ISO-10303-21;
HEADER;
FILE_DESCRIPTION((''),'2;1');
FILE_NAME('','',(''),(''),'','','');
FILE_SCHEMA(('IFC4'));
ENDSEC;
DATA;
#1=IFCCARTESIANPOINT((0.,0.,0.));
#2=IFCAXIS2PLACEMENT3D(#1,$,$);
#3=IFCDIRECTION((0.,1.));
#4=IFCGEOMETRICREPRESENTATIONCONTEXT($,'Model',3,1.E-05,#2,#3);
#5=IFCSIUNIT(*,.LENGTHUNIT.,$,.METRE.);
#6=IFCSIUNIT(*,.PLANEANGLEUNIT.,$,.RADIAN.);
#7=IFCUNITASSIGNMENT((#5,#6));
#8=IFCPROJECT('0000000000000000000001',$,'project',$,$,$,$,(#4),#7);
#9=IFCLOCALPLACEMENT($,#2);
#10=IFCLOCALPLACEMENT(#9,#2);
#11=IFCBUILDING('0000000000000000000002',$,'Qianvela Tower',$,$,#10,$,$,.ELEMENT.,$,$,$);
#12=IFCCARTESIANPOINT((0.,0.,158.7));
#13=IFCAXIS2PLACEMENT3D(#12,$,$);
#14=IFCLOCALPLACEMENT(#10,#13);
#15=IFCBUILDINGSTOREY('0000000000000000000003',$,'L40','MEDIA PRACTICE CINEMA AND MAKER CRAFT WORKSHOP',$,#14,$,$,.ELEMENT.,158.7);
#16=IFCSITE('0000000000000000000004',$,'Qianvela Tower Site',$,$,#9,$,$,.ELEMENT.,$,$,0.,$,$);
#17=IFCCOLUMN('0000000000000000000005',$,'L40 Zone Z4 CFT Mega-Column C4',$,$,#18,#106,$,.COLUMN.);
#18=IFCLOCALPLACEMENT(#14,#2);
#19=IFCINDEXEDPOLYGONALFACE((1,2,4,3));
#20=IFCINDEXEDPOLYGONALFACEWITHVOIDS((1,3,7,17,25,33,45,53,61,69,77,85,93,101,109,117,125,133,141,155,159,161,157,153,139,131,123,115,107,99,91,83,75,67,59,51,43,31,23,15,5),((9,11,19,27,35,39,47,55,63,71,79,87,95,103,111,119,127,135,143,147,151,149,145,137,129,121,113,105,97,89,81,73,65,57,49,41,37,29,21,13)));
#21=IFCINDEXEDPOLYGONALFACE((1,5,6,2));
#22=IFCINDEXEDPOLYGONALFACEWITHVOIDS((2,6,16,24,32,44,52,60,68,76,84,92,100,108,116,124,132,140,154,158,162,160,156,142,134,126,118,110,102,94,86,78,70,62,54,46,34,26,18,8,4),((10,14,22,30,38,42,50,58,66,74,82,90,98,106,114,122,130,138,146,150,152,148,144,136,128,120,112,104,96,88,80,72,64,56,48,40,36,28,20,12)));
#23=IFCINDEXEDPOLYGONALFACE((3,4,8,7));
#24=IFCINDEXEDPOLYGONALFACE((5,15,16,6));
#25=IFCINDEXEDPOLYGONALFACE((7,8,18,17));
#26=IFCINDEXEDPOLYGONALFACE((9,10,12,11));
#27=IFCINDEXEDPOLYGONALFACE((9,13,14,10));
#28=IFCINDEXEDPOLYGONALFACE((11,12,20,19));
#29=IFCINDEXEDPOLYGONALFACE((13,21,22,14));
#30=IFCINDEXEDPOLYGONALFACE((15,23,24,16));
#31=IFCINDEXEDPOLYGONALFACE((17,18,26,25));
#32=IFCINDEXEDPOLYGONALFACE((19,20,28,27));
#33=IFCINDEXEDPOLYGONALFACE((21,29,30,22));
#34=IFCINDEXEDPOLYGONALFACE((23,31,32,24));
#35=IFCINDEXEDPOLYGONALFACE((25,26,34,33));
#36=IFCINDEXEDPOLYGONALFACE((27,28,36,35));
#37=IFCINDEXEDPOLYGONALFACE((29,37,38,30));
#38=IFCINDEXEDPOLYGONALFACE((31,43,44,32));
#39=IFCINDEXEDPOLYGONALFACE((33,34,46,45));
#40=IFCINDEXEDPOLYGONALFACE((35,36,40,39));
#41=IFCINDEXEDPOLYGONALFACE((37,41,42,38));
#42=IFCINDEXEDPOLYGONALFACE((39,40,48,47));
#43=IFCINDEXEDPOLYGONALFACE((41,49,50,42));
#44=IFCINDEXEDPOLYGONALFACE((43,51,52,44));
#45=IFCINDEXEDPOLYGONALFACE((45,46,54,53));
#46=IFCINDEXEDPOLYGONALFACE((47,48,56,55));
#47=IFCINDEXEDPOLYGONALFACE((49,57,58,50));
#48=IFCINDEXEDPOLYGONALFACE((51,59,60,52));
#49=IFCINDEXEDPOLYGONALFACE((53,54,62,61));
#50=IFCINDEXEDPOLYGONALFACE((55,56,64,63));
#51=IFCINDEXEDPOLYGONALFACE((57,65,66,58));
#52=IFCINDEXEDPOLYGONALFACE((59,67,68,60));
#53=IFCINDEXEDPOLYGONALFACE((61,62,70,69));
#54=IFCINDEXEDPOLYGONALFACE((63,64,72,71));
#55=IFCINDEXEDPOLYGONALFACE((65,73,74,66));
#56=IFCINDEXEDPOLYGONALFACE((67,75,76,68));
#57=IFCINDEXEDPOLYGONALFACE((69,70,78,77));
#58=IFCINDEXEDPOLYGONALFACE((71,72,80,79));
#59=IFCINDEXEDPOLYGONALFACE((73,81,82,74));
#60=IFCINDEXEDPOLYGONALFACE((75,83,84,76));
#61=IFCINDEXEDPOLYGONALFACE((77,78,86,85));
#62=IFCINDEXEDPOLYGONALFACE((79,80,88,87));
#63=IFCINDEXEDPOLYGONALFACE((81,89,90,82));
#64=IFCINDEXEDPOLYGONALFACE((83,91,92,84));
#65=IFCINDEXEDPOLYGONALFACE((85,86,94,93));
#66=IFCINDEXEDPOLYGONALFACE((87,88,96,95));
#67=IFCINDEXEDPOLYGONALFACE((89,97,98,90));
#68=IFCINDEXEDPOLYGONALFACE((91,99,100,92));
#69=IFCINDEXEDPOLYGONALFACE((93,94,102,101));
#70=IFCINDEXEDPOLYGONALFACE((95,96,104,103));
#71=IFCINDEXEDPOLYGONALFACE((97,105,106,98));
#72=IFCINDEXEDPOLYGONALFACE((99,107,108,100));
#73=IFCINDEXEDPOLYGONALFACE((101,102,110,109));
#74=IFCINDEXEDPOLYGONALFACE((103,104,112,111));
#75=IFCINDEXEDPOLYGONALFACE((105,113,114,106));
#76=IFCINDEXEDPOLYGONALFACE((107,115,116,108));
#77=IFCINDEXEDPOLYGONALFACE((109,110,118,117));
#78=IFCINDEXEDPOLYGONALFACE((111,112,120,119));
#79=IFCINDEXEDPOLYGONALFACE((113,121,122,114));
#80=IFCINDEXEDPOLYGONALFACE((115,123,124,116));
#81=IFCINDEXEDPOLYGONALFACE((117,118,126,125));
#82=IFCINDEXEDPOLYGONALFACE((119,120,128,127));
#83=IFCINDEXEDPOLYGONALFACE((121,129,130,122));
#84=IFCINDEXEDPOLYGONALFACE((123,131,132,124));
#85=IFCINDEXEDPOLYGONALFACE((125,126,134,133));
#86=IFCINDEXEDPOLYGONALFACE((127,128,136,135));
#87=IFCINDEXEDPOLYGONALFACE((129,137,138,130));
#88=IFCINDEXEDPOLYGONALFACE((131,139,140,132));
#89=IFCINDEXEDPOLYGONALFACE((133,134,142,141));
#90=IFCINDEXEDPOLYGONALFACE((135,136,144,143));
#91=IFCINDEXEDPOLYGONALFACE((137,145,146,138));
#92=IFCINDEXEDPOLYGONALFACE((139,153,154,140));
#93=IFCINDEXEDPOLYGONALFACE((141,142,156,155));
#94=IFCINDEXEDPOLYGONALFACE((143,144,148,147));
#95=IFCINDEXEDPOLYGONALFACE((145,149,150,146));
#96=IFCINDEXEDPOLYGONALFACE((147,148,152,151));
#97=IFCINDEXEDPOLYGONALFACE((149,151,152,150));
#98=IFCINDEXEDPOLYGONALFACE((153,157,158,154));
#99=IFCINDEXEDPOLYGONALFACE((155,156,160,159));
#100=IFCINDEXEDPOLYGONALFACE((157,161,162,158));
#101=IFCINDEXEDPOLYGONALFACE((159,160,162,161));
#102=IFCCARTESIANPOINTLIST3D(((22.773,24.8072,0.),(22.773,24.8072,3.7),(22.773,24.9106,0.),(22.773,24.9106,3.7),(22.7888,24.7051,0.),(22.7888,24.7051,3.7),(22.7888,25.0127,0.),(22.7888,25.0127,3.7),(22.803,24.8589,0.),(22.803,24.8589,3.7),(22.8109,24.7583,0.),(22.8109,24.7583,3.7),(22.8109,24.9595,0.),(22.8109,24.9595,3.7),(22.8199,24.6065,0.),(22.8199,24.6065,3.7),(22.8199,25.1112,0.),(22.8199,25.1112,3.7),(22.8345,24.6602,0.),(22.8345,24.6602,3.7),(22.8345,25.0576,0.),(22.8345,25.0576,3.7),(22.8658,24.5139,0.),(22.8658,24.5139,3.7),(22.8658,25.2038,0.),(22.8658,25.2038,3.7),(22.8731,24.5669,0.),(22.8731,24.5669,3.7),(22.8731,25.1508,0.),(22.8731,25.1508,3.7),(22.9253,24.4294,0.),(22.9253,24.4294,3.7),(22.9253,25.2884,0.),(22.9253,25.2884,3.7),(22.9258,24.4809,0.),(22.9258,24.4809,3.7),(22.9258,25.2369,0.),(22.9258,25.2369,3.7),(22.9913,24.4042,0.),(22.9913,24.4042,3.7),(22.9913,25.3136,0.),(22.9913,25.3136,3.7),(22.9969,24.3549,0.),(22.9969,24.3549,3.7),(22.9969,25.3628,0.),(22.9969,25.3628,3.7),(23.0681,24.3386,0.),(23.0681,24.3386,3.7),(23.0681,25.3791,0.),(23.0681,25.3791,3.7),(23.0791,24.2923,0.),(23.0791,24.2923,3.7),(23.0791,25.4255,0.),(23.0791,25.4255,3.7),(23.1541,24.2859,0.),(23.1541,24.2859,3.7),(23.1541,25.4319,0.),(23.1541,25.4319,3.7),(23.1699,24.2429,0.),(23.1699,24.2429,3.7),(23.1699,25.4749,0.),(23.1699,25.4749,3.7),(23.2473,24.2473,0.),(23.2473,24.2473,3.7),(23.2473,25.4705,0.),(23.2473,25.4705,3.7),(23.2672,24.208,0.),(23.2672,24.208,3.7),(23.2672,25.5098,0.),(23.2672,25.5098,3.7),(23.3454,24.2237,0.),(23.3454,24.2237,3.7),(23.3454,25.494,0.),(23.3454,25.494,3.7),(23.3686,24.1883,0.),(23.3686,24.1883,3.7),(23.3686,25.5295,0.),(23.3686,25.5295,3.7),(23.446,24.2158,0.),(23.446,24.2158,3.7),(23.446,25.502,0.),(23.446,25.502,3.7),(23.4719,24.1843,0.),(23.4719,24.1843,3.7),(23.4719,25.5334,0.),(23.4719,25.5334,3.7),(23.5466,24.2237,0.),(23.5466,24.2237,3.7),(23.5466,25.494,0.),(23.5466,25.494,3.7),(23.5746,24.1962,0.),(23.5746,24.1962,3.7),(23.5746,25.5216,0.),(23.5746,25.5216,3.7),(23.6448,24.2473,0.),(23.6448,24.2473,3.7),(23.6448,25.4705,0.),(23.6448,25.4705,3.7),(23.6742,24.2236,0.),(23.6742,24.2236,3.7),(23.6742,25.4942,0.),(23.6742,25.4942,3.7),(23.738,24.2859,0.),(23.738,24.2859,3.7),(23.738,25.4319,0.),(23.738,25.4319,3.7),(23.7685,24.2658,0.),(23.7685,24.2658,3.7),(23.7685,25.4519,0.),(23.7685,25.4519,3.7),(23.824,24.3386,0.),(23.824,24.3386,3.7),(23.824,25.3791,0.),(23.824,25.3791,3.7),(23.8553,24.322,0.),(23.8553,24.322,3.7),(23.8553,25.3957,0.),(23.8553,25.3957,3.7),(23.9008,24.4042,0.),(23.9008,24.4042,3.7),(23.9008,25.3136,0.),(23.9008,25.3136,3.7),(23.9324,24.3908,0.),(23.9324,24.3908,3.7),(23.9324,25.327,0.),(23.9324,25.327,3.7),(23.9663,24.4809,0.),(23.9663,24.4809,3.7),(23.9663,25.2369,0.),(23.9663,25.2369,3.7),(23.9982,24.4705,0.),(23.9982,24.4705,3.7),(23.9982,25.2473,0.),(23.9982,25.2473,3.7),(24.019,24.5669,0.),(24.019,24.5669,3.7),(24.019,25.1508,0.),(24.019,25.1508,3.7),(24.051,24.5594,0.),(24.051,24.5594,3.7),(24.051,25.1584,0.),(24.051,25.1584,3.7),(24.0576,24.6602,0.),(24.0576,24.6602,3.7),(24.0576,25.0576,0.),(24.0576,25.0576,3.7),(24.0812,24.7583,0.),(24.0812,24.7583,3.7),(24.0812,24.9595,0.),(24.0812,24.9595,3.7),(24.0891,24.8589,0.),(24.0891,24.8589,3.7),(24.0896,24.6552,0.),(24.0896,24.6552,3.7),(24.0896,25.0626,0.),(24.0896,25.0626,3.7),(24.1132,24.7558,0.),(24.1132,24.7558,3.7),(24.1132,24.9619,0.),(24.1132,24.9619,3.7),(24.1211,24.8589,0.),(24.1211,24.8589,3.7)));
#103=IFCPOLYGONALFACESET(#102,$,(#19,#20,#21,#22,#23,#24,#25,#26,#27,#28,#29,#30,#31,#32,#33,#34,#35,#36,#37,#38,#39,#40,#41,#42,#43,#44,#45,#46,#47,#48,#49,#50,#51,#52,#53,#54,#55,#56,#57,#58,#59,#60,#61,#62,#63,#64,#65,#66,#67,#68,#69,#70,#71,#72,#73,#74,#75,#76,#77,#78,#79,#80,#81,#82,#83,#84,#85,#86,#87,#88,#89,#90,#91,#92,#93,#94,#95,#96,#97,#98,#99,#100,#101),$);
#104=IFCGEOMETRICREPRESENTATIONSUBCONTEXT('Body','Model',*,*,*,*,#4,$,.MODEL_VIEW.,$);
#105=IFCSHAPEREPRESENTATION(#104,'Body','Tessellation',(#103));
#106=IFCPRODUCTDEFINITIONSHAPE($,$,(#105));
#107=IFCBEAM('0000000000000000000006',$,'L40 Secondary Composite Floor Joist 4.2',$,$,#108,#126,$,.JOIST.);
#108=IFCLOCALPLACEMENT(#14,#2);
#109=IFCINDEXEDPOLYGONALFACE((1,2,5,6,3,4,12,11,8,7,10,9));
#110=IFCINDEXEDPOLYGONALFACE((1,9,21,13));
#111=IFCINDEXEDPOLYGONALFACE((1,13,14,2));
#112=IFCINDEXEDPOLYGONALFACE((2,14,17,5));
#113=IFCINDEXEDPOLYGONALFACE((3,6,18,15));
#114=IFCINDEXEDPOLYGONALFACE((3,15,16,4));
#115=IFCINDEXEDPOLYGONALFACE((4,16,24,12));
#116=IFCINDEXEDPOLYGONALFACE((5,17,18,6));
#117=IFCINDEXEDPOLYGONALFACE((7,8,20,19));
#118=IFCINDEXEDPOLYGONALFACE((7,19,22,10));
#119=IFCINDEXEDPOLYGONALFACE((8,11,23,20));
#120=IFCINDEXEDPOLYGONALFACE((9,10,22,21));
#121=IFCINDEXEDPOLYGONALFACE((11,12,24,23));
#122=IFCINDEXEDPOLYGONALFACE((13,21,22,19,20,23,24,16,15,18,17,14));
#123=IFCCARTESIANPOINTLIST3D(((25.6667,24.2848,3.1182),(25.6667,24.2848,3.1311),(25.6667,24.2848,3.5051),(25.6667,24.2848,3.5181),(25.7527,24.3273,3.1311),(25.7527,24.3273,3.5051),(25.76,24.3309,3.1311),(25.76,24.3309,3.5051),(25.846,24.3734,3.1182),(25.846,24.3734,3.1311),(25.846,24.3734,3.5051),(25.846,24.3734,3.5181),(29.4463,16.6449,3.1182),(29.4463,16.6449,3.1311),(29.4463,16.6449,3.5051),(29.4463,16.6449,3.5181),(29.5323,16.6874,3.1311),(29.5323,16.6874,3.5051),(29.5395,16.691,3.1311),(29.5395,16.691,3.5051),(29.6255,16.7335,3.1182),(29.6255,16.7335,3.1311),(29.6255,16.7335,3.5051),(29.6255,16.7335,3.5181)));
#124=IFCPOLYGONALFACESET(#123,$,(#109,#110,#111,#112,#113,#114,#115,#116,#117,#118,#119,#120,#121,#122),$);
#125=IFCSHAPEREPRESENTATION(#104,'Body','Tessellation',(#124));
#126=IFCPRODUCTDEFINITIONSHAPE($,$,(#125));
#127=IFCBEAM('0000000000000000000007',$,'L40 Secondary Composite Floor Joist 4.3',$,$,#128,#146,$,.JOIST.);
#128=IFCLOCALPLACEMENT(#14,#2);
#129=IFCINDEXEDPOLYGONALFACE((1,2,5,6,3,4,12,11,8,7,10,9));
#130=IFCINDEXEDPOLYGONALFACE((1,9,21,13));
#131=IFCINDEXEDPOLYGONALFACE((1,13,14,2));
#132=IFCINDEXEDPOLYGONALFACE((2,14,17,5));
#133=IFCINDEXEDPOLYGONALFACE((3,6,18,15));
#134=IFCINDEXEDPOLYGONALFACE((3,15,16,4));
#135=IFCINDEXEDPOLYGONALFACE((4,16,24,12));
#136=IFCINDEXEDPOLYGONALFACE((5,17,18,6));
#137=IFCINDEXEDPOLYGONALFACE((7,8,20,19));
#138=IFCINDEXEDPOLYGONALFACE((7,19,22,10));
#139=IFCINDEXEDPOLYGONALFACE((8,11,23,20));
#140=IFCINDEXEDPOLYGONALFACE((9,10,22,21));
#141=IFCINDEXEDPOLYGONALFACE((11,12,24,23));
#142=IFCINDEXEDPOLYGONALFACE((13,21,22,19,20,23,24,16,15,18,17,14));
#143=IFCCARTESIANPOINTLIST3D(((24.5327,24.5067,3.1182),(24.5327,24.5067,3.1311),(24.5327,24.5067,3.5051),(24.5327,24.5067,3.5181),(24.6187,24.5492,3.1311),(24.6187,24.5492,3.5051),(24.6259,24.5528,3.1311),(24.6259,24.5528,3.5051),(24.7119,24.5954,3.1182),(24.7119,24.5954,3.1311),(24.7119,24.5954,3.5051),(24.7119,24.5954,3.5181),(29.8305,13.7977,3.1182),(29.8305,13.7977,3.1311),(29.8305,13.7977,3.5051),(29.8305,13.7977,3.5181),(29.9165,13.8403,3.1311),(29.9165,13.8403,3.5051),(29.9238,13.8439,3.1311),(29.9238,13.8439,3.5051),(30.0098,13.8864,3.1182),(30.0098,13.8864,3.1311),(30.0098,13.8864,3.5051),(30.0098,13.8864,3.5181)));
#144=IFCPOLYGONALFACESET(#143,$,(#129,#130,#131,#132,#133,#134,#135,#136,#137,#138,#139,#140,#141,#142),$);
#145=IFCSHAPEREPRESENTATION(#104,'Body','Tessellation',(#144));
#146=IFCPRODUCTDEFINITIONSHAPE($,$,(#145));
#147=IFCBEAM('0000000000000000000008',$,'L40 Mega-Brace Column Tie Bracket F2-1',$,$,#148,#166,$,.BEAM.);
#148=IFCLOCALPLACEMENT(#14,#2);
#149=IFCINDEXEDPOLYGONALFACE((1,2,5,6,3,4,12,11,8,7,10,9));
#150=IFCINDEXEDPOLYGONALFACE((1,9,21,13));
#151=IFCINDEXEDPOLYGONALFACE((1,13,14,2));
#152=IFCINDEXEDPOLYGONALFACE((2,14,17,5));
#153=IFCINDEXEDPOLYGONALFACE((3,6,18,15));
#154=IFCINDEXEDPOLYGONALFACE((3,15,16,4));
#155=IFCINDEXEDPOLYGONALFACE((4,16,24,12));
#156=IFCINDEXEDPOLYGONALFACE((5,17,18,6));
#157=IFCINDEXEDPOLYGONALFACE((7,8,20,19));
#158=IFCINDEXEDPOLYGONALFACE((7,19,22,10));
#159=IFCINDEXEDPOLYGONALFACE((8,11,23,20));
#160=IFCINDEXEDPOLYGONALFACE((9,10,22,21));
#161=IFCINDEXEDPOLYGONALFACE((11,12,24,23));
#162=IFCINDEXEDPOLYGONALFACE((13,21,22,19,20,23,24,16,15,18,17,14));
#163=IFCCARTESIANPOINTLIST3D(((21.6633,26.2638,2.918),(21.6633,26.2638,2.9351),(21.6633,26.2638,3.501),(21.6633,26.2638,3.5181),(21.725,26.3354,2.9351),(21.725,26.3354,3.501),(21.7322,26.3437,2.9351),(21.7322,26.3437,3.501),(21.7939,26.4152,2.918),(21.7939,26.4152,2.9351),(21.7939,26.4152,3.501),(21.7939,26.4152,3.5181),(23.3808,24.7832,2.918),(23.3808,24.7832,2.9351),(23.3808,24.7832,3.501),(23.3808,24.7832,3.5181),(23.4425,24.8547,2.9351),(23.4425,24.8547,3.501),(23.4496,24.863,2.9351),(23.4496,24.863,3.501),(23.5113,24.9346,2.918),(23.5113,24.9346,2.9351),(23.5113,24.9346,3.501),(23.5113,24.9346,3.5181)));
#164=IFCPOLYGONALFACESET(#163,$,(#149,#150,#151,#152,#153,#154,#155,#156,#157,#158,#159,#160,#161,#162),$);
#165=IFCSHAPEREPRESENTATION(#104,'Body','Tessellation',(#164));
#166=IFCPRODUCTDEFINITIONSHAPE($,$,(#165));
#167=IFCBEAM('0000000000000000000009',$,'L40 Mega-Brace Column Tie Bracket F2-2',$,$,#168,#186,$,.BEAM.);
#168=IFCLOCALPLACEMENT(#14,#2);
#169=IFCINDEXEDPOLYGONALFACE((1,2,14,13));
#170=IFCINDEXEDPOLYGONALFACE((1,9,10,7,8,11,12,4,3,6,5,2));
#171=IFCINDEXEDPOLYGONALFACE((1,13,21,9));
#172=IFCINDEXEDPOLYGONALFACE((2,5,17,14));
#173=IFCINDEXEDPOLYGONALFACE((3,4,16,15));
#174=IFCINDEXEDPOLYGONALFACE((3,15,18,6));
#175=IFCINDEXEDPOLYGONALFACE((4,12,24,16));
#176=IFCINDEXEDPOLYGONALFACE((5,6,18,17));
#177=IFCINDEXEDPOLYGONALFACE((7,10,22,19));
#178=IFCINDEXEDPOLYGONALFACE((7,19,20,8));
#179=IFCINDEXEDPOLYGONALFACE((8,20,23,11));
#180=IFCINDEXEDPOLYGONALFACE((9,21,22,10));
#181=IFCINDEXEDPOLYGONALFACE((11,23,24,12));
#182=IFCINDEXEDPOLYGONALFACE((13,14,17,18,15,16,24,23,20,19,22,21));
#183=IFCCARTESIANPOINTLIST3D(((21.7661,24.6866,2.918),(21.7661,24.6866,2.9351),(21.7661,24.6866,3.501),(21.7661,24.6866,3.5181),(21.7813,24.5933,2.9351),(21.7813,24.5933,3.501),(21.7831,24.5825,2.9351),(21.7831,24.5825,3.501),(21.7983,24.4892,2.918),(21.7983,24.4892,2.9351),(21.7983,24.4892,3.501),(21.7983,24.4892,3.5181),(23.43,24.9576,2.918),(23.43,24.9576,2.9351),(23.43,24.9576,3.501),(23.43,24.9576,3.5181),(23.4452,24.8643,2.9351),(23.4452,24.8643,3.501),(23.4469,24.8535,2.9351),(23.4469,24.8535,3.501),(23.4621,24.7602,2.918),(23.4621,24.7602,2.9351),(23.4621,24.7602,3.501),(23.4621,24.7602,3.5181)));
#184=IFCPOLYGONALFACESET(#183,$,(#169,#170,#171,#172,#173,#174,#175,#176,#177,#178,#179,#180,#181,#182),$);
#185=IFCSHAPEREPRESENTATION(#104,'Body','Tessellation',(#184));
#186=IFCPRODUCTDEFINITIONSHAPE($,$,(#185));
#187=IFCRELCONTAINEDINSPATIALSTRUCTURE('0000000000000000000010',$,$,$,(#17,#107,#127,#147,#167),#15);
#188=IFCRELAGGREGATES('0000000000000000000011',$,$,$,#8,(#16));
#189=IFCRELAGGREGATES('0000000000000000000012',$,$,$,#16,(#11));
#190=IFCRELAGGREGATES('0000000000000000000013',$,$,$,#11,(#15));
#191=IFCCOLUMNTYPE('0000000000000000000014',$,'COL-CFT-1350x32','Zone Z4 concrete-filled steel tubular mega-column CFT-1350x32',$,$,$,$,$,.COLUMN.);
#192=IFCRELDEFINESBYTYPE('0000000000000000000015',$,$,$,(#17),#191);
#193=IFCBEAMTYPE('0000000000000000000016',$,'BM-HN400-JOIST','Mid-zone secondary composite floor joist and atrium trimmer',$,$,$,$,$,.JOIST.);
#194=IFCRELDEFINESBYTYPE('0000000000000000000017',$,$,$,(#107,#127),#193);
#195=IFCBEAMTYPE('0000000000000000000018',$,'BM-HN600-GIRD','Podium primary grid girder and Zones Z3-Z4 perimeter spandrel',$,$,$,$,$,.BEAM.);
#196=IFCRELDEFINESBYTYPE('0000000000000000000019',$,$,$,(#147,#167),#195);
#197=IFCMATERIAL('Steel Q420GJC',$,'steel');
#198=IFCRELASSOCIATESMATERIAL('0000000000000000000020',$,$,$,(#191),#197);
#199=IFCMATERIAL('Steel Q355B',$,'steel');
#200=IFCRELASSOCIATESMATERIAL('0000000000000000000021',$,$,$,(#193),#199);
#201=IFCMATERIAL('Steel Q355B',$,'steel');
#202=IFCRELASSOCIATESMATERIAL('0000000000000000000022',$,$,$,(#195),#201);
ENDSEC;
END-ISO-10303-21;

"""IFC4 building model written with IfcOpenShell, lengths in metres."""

from ifc_helpers import new_model, si_unit, direction, frame, origin, origin_2d, place, context, subcontext, project, spatial, hollow_circle, i_section, extrude, material, material_profile, profile_set, type_object, element, save


model = new_model("IFC4")

# Units and contexts
model_context = context("Model", 3, precision=1e-05, world=origin(), true_north=direction((0.0, 1.0)))
body_context = subcontext(model_context, "Body", "Model", "MODEL_VIEW")
ifc_project = project(units=[si_unit("LENGTHUNIT", "METRE"), si_unit("PLANEANGLEUNIT", "RADIAN")], contexts=[model_context])

# Site, building, storey
site_placement = place(None, origin())
site = spatial("IfcSite", under=ifc_project, at=site_placement, Name="Qianvela Tower Site", CompositionType="ELEMENT", RefElevation=0.0)
building_placement = place(site_placement, origin())
building = spatial("IfcBuilding", under=site, at=building_placement, Name="Qianvela Tower", CompositionType="ELEMENT")
storey_placement = place(building_placement, frame((0.0, 0.0, 158.7)))
storey = spatial("IfcBuildingStorey", under=building, at=storey_placement, Name="L40", Description="MEDIA PRACTICE CINEMA AND MAKER CRAFT WORKSHOP", CompositionType="ELEMENT", Elevation=158.7)

# Column
ifc_material_1 = material(Name="Steel Q420GJC", Category="steel")
ifc_material_profile_1 = material_profile(ifc_material_1, hollow_circle(Radius=0.675, WallThickness=0.032, at=origin_2d()), Name="CFT-1350x32")
ifc_profile_set_1 = profile_set([ifc_material_profile_1], Name="Steel Q420GJC")
column_type = type_object("IfcColumnType", Name="COL-CFT-1350x32", Description="Zone Z4 concrete-filled steel tubular mega-column CFT-1350x32", PredefinedType="COLUMN", material=ifc_profile_set_1)
column_placement = place(storey_placement, frame((23.446, 24.8589, 0.0), z_axis=(0.0, 0.0, 1.0), x_axis=(1.0, 0.0, 0.0)))
element("IfcColumn", 1, at=column_placement, inside=storey, type_object=column_type, Name="L40 Zone Z4 CFT Mega-Column C4", PredefinedType="COLUMN", context=body_context, shape_type="SweptSolid", body=[
    extrude(hollow_circle(Radius=0.675, WallThickness=0.032, at=origin_2d()), origin(), (0.0, 0.0, 1.0), 3.7),
])

# Beams
ifc_material_2 = material(Name="Steel Q355B", Category="steel")
ifc_material_profile_2 = material_profile(ifc_material_2, i_section(OverallWidth=0.2, OverallDepth=0.3999, WebThickness=0.0081, FlangeThickness=0.0129, at=origin_2d()), Name="HN400x200x8x13")
ifc_profile_set_2 = profile_set([ifc_material_profile_2], Name="Steel Q355B")
beam_type_1 = type_object("IfcBeamType", Name="BM-HN400-JOIST", Description="Mid-zone secondary composite floor joist and atrium trimmer", PredefinedType="JOIST", material=ifc_profile_set_2)
beam_1_placement = place(storey_placement, frame((25.7563, 24.3291, 3.3181), z_axis=(0.443417, -0.896315, 0.0), x_axis=(0.896315, 0.443417, 0.0)))
element("IfcBeam", 2, at=beam_1_placement, inside=storey, type_object=beam_type_1, Name="L40 Secondary Composite Floor Joist 4.2", PredefinedType="JOIST", context=body_context, shape_type="SweptSolid", body=[
    extrude(i_section(OverallWidth=0.2, OverallDepth=0.3999, WebThickness=0.0081, FlangeThickness=0.0129, at=origin_2d()), origin(), (0.0, 0.0, 1.0), 8.5237),
])
beam_2_placement = place(storey_placement, frame((24.6223, 24.551, 3.3181), z_axis=(0.443417, -0.896315, 0.0), x_axis=(0.896315, 0.443417, 0.0)))
element("IfcBeam", 3, at=beam_2_placement, inside=storey, type_object=beam_type_1, Name="L40 Secondary Composite Floor Joist 4.3", PredefinedType="JOIST", context=body_context, shape_type="SweptSolid", body=[
    extrude(i_section(OverallWidth=0.2, OverallDepth=0.3999, WebThickness=0.0081, FlangeThickness=0.0129, at=origin_2d()), origin(), (0.0, 0.0, 1.0), 11.9478),
])
ifc_material_3 = material(Name="Steel Q355B", Category="steel")
ifc_material_profile_3 = material_profile(ifc_material_3, i_section(OverallWidth=0.2, OverallDepth=0.6001, WebThickness=0.011, FlangeThickness=0.0171, at=origin_2d()), Name="HN600x200x11x17")
ifc_profile_set_3 = profile_set([ifc_material_profile_3], Name="Steel Q355B")
beam_type_2 = type_object("IfcBeamType", Name="BM-HN600-GIRD", Description="Podium primary grid girder and Zones Z3-Z4 perimeter spandrel", PredefinedType="BEAM", material=ifc_profile_set_3)
beam_3_placement = place(storey_placement, frame((23.446, 24.8589, 3.218), z_axis=(-0.757392, 0.652961, 0.0), x_axis=(-0.652961, -0.757392, 0.0)))
element("IfcBeam", 4, at=beam_3_placement, inside=storey, type_object=beam_type_2, Name="L40 Mega-Brace Column Tie Bracket F2-1", PredefinedType="BEAM", context=body_context, shape_type="SweptSolid", body=[
    extrude(i_section(OverallWidth=0.2, OverallDepth=0.6001, WebThickness=0.011, FlangeThickness=0.0171, at=origin_2d()), origin(), (0.0, 0.0, 1.0), 2.2676),
])
beam_4_placement = place(storey_placement, frame((23.446, 24.8589, 3.218), z_axis=(-0.986994, -0.160758, 0.0), x_axis=(0.160758, -0.986994, 0.0)))
element("IfcBeam", 5, at=beam_4_placement, inside=storey, type_object=beam_type_2, Name="L40 Mega-Brace Column Tie Bracket F2-2", PredefinedType="BEAM", context=body_context, shape_type="SweptSolid", body=[
    extrude(i_section(OverallWidth=0.2, OverallDepth=0.6001, WebThickness=0.011, FlangeThickness=0.0171, at=origin_2d()), origin(), (0.0, 0.0, 1.0), 1.6858),
])

save(model, "model.ifc")
